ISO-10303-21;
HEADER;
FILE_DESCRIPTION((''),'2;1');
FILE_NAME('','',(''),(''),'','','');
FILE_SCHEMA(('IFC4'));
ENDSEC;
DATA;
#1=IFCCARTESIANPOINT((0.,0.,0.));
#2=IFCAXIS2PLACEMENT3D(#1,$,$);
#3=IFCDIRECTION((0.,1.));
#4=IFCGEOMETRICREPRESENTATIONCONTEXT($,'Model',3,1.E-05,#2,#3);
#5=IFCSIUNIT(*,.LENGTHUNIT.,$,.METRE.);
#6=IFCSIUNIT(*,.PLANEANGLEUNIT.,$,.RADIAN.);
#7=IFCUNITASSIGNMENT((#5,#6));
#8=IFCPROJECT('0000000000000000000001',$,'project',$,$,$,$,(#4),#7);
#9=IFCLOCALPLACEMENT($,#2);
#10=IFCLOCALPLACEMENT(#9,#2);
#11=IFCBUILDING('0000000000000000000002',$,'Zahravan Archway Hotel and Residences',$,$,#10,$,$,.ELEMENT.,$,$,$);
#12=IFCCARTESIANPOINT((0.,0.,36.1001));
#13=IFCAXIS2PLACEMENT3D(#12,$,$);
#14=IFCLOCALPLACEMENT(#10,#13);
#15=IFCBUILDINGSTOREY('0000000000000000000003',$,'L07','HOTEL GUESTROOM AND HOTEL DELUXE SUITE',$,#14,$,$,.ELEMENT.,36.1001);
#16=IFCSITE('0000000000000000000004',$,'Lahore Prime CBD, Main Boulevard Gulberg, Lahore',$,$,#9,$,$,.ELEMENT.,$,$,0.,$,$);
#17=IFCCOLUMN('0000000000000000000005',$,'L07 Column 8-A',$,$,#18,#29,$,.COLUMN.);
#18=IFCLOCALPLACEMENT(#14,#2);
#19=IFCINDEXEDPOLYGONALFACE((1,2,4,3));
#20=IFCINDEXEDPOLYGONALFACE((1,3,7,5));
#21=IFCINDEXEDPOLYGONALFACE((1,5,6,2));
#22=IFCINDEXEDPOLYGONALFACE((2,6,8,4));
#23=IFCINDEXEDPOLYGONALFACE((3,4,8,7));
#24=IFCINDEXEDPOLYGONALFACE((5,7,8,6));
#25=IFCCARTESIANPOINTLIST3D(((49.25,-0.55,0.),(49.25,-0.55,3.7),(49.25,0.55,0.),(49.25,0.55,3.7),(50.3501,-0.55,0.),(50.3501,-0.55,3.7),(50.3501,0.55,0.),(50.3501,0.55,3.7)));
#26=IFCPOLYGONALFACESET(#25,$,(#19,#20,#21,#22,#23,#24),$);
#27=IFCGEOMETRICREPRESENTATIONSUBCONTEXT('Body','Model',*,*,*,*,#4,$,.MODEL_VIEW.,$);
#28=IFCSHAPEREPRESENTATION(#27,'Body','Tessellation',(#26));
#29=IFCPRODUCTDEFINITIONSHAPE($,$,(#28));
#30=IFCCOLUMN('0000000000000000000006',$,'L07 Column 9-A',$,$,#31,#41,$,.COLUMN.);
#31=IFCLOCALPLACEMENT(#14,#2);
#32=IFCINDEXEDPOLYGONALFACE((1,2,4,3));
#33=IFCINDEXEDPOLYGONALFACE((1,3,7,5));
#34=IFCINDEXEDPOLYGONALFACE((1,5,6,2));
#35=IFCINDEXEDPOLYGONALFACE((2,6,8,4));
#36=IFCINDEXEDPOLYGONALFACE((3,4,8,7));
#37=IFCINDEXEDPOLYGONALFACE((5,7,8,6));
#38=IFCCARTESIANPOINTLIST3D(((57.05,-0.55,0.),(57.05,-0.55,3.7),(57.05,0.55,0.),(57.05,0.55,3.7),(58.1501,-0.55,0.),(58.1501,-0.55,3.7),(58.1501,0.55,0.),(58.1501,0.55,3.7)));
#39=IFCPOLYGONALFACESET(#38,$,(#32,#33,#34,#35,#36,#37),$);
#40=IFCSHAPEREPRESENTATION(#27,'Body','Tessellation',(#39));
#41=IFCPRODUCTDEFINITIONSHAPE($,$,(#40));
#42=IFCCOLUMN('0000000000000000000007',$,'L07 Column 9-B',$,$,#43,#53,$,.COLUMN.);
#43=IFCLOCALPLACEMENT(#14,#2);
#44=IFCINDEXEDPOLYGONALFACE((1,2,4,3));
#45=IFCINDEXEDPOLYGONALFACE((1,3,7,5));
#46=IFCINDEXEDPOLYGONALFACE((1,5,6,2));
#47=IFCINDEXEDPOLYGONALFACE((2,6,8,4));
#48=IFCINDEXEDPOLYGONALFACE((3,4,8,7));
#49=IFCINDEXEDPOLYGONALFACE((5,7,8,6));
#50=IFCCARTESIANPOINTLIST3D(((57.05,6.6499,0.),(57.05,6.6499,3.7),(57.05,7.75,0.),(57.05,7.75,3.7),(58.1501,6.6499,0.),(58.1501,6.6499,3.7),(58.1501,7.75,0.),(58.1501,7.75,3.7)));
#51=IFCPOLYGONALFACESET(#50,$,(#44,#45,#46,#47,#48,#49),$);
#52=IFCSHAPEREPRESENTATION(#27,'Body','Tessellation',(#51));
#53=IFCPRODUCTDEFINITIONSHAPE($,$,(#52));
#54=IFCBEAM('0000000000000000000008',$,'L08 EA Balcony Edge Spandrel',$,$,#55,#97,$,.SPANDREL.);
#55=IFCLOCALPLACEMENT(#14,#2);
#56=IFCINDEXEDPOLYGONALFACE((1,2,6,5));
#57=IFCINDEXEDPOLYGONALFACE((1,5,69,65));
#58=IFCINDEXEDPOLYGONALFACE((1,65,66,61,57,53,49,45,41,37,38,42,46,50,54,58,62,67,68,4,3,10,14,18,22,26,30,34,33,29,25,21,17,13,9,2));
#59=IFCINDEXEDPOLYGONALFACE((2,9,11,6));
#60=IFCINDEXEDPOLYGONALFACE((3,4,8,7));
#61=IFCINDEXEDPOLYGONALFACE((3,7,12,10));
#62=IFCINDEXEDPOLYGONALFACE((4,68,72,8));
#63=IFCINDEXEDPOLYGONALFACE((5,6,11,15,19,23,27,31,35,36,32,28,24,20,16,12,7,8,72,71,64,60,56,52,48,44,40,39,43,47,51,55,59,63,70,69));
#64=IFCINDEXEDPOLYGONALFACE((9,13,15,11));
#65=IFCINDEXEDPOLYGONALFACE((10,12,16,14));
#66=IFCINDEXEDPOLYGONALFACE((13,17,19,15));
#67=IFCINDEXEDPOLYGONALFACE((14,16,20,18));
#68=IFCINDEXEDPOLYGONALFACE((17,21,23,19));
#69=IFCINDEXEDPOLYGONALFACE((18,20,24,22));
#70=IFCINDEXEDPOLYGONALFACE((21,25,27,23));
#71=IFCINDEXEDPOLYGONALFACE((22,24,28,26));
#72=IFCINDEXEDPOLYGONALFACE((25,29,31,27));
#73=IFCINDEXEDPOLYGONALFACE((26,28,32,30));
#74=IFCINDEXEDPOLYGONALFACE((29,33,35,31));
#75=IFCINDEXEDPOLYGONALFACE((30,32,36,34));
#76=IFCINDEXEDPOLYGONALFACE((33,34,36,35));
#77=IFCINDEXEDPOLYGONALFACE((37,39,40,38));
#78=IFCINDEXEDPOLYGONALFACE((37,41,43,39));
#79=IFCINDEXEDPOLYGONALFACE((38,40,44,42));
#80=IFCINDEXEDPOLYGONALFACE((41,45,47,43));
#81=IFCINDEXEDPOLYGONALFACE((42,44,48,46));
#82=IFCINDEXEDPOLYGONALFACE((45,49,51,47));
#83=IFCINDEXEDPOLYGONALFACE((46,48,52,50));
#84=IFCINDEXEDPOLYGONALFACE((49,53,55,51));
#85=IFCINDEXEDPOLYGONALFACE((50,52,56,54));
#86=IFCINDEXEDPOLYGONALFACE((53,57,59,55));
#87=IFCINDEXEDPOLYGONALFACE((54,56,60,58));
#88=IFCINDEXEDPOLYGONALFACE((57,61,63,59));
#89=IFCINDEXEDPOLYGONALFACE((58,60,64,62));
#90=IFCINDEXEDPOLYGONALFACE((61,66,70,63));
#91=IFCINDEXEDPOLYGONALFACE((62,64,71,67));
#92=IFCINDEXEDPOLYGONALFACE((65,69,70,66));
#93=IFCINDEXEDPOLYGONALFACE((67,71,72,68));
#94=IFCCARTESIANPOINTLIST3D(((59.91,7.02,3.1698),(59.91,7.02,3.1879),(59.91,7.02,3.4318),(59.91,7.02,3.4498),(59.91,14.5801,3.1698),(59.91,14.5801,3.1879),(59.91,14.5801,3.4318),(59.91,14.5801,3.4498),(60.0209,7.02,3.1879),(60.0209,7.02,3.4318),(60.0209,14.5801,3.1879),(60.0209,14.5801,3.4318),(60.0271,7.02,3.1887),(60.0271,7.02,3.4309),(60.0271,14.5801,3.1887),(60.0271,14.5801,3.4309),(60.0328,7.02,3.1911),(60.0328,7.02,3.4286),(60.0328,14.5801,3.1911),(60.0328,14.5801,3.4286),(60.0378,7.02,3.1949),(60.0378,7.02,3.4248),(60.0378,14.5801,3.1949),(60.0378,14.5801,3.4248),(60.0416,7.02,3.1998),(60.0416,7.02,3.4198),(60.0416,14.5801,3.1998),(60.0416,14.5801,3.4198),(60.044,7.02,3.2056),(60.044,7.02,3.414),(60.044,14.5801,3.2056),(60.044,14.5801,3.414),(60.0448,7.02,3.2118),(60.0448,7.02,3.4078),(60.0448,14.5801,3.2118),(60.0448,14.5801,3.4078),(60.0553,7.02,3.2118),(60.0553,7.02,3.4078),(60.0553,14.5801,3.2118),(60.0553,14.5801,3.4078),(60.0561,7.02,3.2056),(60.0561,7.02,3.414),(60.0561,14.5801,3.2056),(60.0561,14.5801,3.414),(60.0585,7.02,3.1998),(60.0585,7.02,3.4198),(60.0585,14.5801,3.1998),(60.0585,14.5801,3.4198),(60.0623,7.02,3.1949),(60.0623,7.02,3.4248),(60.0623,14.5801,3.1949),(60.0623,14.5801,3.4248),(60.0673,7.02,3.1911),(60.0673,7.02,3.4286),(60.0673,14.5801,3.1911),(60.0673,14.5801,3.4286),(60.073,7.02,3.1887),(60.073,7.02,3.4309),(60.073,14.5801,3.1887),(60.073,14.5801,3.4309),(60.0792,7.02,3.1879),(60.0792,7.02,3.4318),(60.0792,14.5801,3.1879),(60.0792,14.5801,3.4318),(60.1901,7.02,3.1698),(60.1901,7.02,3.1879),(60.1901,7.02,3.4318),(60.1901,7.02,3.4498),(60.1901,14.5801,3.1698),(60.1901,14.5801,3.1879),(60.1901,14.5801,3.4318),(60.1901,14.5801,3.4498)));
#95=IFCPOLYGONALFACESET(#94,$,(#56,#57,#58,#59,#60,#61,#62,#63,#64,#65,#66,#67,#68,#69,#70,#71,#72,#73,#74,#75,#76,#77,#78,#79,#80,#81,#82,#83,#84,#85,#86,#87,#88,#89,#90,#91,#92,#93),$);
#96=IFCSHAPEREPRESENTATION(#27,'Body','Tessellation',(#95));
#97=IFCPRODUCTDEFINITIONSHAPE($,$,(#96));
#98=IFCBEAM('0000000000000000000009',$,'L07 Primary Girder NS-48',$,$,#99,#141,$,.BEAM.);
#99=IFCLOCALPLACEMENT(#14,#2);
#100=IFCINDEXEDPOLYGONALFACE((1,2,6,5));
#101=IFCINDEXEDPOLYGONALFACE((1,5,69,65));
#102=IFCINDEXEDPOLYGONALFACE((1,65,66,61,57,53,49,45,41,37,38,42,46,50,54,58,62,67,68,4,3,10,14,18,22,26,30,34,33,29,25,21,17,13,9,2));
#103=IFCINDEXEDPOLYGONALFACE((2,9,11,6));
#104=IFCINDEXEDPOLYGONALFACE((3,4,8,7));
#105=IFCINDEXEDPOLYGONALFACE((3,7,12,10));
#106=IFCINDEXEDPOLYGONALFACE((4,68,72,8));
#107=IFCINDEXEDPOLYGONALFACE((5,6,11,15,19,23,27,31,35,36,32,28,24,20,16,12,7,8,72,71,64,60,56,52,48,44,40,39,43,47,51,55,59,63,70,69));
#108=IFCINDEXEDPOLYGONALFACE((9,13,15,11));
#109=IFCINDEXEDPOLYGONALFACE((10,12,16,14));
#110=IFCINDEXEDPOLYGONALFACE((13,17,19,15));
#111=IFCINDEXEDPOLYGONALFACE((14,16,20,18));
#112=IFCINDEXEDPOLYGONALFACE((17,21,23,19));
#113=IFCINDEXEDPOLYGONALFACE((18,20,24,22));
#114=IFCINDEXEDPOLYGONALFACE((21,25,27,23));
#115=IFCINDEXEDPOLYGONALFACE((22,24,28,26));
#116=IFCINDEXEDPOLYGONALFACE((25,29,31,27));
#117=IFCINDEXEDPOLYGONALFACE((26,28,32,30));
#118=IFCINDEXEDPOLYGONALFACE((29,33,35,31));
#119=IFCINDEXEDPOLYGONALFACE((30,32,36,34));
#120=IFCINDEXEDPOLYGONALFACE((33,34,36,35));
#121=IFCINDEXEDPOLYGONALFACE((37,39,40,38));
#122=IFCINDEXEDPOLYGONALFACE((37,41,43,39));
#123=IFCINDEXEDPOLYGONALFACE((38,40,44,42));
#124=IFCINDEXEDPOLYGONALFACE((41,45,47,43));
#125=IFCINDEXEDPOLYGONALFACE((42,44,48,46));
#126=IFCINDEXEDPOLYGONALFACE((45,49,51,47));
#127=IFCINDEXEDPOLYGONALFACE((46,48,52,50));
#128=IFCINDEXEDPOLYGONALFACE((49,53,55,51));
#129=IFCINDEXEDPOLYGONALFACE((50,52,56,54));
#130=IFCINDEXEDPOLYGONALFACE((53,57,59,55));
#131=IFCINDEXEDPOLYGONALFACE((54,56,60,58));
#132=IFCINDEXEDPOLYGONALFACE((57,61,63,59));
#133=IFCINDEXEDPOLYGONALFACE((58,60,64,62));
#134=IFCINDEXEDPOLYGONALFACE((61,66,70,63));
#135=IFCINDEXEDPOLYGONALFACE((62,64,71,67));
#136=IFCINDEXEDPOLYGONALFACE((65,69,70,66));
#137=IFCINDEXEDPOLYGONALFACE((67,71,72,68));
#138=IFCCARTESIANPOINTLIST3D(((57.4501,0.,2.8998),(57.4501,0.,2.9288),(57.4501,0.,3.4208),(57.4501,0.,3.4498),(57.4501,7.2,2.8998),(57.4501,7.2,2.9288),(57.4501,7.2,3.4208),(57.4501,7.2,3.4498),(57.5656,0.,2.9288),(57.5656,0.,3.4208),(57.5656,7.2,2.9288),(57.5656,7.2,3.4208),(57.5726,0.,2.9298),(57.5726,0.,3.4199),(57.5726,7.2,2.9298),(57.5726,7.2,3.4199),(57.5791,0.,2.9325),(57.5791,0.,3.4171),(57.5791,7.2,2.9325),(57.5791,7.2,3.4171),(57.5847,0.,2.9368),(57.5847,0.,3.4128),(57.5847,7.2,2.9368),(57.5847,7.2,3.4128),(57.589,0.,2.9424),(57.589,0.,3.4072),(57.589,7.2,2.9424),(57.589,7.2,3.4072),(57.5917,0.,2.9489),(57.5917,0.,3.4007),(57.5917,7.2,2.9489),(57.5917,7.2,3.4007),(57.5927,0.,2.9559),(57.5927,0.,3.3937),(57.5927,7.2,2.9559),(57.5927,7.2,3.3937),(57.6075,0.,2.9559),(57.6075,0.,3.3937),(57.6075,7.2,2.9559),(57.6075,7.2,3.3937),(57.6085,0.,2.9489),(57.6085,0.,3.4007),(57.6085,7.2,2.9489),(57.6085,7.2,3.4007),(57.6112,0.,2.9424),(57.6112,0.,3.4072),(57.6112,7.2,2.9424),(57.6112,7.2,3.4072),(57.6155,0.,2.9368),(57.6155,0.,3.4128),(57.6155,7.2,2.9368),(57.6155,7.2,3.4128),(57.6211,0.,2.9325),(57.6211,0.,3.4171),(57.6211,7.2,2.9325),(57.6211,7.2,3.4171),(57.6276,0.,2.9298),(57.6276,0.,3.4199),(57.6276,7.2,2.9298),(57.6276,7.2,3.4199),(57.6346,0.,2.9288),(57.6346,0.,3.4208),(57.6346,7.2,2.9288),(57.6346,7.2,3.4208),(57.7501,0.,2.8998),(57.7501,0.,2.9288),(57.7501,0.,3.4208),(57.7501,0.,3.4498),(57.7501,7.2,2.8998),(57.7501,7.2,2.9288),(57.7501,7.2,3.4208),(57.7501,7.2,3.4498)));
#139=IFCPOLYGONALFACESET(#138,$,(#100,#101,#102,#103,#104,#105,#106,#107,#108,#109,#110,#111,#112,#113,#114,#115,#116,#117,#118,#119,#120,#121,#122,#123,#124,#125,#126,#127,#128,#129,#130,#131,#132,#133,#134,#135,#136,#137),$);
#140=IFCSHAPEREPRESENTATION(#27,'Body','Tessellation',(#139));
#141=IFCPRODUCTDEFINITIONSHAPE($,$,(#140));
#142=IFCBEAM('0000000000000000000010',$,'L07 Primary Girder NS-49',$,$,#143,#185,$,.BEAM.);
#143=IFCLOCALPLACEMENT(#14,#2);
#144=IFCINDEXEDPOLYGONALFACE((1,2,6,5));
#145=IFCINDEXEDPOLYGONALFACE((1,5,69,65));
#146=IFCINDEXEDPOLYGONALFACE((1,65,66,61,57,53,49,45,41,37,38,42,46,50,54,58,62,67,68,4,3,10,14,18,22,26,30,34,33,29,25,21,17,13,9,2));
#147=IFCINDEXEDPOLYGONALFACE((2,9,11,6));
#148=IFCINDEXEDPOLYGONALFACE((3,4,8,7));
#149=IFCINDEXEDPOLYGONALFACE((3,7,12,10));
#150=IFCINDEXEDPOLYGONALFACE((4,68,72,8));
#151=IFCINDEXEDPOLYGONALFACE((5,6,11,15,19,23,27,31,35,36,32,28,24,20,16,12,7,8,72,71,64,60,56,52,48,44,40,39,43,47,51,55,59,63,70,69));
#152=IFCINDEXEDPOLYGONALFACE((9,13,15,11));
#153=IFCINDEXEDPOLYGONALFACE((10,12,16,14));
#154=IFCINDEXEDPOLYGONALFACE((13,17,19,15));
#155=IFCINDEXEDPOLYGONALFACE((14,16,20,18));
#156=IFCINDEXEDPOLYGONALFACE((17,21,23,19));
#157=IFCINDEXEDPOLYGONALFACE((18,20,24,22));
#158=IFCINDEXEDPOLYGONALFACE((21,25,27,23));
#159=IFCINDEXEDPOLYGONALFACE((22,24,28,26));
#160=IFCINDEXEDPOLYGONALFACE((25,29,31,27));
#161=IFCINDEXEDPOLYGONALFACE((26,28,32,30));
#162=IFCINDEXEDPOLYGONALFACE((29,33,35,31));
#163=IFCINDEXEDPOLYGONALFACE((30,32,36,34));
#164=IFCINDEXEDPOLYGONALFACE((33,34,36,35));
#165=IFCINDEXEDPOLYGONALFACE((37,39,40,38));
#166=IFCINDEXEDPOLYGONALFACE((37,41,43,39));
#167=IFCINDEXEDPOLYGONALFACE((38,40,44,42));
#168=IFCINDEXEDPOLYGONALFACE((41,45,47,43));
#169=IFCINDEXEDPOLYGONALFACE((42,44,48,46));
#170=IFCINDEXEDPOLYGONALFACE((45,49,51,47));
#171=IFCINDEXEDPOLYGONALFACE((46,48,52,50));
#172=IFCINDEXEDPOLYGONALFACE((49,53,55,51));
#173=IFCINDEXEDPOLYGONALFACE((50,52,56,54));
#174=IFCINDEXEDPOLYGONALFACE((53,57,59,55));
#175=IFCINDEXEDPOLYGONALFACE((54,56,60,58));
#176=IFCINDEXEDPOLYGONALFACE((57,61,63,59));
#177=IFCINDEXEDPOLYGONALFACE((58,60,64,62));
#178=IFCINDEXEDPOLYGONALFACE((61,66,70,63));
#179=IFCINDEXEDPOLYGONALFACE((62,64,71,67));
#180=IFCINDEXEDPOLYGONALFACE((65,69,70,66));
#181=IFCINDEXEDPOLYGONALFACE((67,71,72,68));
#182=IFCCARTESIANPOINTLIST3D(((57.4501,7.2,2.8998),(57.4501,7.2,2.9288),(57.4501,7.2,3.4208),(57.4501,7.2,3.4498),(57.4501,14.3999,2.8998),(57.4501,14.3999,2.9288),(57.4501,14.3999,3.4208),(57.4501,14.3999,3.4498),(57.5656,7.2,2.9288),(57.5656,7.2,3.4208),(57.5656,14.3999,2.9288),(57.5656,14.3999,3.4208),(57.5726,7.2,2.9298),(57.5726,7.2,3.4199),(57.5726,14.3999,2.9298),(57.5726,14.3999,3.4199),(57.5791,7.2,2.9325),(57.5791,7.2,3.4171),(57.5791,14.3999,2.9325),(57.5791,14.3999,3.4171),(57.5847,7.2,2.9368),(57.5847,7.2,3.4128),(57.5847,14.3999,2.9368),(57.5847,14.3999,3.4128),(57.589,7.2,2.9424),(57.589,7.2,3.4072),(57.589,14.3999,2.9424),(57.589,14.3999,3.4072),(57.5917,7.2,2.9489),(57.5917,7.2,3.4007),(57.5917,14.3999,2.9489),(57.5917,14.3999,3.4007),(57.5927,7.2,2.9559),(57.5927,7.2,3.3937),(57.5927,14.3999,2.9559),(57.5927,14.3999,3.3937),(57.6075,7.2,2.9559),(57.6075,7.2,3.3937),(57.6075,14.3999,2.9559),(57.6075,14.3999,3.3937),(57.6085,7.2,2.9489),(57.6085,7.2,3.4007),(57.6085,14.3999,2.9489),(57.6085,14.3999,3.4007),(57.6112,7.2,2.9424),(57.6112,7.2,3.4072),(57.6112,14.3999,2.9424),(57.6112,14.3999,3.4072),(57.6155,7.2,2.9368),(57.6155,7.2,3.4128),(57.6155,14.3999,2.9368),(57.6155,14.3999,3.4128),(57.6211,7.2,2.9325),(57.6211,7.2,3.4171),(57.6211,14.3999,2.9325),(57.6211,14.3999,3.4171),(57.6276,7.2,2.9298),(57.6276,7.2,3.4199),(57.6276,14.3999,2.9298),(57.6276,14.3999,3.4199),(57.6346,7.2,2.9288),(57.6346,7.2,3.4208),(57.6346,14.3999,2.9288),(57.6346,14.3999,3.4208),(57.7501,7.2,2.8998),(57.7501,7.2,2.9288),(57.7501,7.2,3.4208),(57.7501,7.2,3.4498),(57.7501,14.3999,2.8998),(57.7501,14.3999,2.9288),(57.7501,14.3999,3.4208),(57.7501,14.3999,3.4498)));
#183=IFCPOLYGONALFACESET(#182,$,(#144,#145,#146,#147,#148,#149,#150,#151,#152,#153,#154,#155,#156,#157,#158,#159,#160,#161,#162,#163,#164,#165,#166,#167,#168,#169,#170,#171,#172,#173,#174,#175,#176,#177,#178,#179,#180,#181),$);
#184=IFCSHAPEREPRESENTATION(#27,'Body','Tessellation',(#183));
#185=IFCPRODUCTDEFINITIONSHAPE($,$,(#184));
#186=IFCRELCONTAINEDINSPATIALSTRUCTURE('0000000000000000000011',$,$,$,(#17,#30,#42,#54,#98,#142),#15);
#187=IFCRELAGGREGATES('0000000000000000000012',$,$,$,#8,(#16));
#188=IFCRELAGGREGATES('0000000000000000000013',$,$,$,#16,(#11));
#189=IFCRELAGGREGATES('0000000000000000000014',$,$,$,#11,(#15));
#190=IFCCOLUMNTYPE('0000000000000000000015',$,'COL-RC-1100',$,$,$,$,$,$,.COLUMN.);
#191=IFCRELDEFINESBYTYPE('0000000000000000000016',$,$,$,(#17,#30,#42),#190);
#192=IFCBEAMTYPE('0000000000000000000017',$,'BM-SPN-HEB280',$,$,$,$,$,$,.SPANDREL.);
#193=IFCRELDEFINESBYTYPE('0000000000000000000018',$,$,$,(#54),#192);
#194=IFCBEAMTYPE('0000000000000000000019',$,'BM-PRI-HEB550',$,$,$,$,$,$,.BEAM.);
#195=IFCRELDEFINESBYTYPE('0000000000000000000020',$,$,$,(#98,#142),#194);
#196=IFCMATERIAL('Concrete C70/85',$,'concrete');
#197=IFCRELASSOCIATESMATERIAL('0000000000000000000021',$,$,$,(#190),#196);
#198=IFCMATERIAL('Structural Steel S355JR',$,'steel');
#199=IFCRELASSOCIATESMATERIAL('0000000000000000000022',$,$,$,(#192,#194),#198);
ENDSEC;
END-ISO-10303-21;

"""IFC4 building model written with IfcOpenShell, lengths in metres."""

from ifc_helpers import new_model, si_unit, direction, frame, origin, origin_2d, place, context, subcontext, project, spatial, rectangle, i_section, extrude, source, transform, mapped, material, material_profile, profile_set, type_object, type_shapes, element, save


model = new_model("IFC4")

# Units and contexts
model_context = context("Model", 3, precision=1e-05, world=origin(), true_north=direction((0.0, 1.0)))
body_context = subcontext(model_context, "Body", "Model", "MODEL_VIEW")
ifc_project = project(units=[si_unit("LENGTHUNIT", "METRE"), si_unit("PLANEANGLEUNIT", "RADIAN")], contexts=[model_context])

# Site, building, storey
site_placement = place(None, origin())
site = spatial("IfcSite", under=ifc_project, at=site_placement, Name="Lahore Prime CBD, Main Boulevard Gulberg, Lahore", CompositionType="ELEMENT", RefElevation=0.0)
building_placement = place(site_placement, origin())
building = spatial("IfcBuilding", under=site, at=building_placement, Name="Zahravan Archway Hotel and Residences", CompositionType="ELEMENT")
storey_placement = place(building_placement, frame((0.0, 0.0, 36.1001)))
storey = spatial("IfcBuildingStorey", under=building, at=storey_placement, Name="L07", Description="HOTEL GUESTROOM AND HOTEL DELUXE SUITE", CompositionType="ELEMENT", Elevation=36.1001)

# Columns
ifc_material_1 = material(Name="Concrete C70/85", Category="concrete")
ifc_material_profile_1 = material_profile(ifc_material_1, rectangle(XDim=1.1001, YDim=1.1001, at=origin_2d()), Name="RC 1100x1100", Category="concrete")
ifc_profile_set_1 = profile_set([ifc_material_profile_1], Name="Concrete C70/85")
column_type = type_object("IfcColumnType", Name="COL-RC-1100", PredefinedType="COLUMN", material=ifc_profile_set_1)
shared_shape_1 = source(origin(), body_context, "Body", "SweptSolid", [
    extrude(rectangle(XDim=1.1001, YDim=1.1001, at=origin_2d()), origin(), (0.0, 0.0, 1.0), 3.7),
])
for number, where, z_axis, x_axis, name in (
    (1, (49.8, 0.0, 0.0), (0.0, 0.0, 1.0), (1.0, 0.0, 0.0), "L07 Column 8-A"),
    (2, (57.6001, 0.0, 0.0), (0.0, 0.0, 1.0), (1.0, 0.0, 0.0), "L07 Column 9-A"),
    (3, (57.6001, 7.2, 0.0), (0.0, 0.0, 1.0), (1.0, 0.0, 0.0), "L07 Column 9-B"),
):
    element("IfcColumn", number, at=place(storey_placement, frame(where, z_axis=z_axis, x_axis=x_axis)), inside=storey, type_object=column_type, Name=name, PredefinedType="COLUMN", context=body_context, shape_type="MappedRepresentation", body=[
        mapped(shared_shape_1, transform((0.0, 0.0, 0.0), scale=1.0)),
    ])

# Beams
ifc_material_2 = material(Name="Structural Steel S355JR", Category="steel")
ifc_material_profile_2 = material_profile(ifc_material_2, i_section(OverallWidth=0.28, OverallDepth=0.28, WebThickness=0.0105, FlangeThickness=0.0181, FilletRadius=0.0239, at=origin_2d()), Name="HEB 280", Category="steel")
ifc_profile_set_2 = profile_set([ifc_material_profile_2], Name="Structural Steel S355JR")
beam_type_1 = type_object("IfcBeamType", Name="BM-SPN-HEB280", PredefinedType="SPANDREL", material=ifc_profile_set_2)
shared_shape_2 = source(origin(), body_context, "Body", "SweptSolid", [
    extrude(i_section(OverallWidth=0.28, OverallDepth=0.28, WebThickness=0.0105, FlangeThickness=0.0181, FilletRadius=0.0239, at=origin_2d()), origin(), (0.0, 0.0, 1.0), 7.5601),
])
type_shapes(beam_type_1, [shared_shape_2])
beam_1_placement = place(storey_placement, frame((60.05, 7.02, 3.3098), z_axis=(0.0, 1.0, 0.0), x_axis=(-1.0, 0.0, 0.0)))
element("IfcBeam", 4, at=beam_1_placement, inside=storey, type_object=beam_type_1, Name="L08 EA Balcony Edge Spandrel", PredefinedType="SPANDREL", context=body_context, shape_type="MappedRepresentation", body=[
    mapped(shared_shape_2, transform((0.0, 0.0, 0.0), scale=1.0)),
])
ifc_material_profile_3 = material_profile(ifc_material_2, i_section(OverallWidth=0.3, OverallDepth=0.55, WebThickness=0.0149, FlangeThickness=0.0291, FilletRadius=0.0271, at=origin_2d()), Name="HEB 550", Category="steel")
ifc_profile_set_3 = profile_set([ifc_material_profile_3], Name="Structural Steel S355JR")
beam_type_2 = type_object("IfcBeamType", Name="BM-PRI-HEB550", PredefinedType="BEAM", material=ifc_profile_set_3)
shared_shape_3 = source(origin(), body_context, "Body", "SweptSolid", [
    extrude(i_section(OverallWidth=0.3, OverallDepth=0.55, WebThickness=0.0149, FlangeThickness=0.0291, FilletRadius=0.0271, at=origin_2d()), origin(), (0.0, 0.0, 1.0), 7.2),
])
for number, where, z_axis, x_axis, name in (
    (5, (57.6001, 0.0, 3.1748), (0.0, 1.0, 0.0), (-1.0, 0.0, 0.0), "L07 Primary Girder NS-48"),
    (6, (57.6001, 7.2, 3.1748), (0.0, 1.0, 0.0), (-1.0, 0.0, 0.0), "L07 Primary Girder NS-49"),
):
    element("IfcBeam", number, at=place(storey_placement, frame(where, z_axis=z_axis, x_axis=x_axis)), inside=storey, type_object=beam_type_2, Name=name, PredefinedType="BEAM", context=body_context, shape_type="MappedRepresentation", body=[
        mapped(shared_shape_3, transform((0.0, 0.0, 0.0), scale=1.0)),
    ])

save(model, "model.ifc")
